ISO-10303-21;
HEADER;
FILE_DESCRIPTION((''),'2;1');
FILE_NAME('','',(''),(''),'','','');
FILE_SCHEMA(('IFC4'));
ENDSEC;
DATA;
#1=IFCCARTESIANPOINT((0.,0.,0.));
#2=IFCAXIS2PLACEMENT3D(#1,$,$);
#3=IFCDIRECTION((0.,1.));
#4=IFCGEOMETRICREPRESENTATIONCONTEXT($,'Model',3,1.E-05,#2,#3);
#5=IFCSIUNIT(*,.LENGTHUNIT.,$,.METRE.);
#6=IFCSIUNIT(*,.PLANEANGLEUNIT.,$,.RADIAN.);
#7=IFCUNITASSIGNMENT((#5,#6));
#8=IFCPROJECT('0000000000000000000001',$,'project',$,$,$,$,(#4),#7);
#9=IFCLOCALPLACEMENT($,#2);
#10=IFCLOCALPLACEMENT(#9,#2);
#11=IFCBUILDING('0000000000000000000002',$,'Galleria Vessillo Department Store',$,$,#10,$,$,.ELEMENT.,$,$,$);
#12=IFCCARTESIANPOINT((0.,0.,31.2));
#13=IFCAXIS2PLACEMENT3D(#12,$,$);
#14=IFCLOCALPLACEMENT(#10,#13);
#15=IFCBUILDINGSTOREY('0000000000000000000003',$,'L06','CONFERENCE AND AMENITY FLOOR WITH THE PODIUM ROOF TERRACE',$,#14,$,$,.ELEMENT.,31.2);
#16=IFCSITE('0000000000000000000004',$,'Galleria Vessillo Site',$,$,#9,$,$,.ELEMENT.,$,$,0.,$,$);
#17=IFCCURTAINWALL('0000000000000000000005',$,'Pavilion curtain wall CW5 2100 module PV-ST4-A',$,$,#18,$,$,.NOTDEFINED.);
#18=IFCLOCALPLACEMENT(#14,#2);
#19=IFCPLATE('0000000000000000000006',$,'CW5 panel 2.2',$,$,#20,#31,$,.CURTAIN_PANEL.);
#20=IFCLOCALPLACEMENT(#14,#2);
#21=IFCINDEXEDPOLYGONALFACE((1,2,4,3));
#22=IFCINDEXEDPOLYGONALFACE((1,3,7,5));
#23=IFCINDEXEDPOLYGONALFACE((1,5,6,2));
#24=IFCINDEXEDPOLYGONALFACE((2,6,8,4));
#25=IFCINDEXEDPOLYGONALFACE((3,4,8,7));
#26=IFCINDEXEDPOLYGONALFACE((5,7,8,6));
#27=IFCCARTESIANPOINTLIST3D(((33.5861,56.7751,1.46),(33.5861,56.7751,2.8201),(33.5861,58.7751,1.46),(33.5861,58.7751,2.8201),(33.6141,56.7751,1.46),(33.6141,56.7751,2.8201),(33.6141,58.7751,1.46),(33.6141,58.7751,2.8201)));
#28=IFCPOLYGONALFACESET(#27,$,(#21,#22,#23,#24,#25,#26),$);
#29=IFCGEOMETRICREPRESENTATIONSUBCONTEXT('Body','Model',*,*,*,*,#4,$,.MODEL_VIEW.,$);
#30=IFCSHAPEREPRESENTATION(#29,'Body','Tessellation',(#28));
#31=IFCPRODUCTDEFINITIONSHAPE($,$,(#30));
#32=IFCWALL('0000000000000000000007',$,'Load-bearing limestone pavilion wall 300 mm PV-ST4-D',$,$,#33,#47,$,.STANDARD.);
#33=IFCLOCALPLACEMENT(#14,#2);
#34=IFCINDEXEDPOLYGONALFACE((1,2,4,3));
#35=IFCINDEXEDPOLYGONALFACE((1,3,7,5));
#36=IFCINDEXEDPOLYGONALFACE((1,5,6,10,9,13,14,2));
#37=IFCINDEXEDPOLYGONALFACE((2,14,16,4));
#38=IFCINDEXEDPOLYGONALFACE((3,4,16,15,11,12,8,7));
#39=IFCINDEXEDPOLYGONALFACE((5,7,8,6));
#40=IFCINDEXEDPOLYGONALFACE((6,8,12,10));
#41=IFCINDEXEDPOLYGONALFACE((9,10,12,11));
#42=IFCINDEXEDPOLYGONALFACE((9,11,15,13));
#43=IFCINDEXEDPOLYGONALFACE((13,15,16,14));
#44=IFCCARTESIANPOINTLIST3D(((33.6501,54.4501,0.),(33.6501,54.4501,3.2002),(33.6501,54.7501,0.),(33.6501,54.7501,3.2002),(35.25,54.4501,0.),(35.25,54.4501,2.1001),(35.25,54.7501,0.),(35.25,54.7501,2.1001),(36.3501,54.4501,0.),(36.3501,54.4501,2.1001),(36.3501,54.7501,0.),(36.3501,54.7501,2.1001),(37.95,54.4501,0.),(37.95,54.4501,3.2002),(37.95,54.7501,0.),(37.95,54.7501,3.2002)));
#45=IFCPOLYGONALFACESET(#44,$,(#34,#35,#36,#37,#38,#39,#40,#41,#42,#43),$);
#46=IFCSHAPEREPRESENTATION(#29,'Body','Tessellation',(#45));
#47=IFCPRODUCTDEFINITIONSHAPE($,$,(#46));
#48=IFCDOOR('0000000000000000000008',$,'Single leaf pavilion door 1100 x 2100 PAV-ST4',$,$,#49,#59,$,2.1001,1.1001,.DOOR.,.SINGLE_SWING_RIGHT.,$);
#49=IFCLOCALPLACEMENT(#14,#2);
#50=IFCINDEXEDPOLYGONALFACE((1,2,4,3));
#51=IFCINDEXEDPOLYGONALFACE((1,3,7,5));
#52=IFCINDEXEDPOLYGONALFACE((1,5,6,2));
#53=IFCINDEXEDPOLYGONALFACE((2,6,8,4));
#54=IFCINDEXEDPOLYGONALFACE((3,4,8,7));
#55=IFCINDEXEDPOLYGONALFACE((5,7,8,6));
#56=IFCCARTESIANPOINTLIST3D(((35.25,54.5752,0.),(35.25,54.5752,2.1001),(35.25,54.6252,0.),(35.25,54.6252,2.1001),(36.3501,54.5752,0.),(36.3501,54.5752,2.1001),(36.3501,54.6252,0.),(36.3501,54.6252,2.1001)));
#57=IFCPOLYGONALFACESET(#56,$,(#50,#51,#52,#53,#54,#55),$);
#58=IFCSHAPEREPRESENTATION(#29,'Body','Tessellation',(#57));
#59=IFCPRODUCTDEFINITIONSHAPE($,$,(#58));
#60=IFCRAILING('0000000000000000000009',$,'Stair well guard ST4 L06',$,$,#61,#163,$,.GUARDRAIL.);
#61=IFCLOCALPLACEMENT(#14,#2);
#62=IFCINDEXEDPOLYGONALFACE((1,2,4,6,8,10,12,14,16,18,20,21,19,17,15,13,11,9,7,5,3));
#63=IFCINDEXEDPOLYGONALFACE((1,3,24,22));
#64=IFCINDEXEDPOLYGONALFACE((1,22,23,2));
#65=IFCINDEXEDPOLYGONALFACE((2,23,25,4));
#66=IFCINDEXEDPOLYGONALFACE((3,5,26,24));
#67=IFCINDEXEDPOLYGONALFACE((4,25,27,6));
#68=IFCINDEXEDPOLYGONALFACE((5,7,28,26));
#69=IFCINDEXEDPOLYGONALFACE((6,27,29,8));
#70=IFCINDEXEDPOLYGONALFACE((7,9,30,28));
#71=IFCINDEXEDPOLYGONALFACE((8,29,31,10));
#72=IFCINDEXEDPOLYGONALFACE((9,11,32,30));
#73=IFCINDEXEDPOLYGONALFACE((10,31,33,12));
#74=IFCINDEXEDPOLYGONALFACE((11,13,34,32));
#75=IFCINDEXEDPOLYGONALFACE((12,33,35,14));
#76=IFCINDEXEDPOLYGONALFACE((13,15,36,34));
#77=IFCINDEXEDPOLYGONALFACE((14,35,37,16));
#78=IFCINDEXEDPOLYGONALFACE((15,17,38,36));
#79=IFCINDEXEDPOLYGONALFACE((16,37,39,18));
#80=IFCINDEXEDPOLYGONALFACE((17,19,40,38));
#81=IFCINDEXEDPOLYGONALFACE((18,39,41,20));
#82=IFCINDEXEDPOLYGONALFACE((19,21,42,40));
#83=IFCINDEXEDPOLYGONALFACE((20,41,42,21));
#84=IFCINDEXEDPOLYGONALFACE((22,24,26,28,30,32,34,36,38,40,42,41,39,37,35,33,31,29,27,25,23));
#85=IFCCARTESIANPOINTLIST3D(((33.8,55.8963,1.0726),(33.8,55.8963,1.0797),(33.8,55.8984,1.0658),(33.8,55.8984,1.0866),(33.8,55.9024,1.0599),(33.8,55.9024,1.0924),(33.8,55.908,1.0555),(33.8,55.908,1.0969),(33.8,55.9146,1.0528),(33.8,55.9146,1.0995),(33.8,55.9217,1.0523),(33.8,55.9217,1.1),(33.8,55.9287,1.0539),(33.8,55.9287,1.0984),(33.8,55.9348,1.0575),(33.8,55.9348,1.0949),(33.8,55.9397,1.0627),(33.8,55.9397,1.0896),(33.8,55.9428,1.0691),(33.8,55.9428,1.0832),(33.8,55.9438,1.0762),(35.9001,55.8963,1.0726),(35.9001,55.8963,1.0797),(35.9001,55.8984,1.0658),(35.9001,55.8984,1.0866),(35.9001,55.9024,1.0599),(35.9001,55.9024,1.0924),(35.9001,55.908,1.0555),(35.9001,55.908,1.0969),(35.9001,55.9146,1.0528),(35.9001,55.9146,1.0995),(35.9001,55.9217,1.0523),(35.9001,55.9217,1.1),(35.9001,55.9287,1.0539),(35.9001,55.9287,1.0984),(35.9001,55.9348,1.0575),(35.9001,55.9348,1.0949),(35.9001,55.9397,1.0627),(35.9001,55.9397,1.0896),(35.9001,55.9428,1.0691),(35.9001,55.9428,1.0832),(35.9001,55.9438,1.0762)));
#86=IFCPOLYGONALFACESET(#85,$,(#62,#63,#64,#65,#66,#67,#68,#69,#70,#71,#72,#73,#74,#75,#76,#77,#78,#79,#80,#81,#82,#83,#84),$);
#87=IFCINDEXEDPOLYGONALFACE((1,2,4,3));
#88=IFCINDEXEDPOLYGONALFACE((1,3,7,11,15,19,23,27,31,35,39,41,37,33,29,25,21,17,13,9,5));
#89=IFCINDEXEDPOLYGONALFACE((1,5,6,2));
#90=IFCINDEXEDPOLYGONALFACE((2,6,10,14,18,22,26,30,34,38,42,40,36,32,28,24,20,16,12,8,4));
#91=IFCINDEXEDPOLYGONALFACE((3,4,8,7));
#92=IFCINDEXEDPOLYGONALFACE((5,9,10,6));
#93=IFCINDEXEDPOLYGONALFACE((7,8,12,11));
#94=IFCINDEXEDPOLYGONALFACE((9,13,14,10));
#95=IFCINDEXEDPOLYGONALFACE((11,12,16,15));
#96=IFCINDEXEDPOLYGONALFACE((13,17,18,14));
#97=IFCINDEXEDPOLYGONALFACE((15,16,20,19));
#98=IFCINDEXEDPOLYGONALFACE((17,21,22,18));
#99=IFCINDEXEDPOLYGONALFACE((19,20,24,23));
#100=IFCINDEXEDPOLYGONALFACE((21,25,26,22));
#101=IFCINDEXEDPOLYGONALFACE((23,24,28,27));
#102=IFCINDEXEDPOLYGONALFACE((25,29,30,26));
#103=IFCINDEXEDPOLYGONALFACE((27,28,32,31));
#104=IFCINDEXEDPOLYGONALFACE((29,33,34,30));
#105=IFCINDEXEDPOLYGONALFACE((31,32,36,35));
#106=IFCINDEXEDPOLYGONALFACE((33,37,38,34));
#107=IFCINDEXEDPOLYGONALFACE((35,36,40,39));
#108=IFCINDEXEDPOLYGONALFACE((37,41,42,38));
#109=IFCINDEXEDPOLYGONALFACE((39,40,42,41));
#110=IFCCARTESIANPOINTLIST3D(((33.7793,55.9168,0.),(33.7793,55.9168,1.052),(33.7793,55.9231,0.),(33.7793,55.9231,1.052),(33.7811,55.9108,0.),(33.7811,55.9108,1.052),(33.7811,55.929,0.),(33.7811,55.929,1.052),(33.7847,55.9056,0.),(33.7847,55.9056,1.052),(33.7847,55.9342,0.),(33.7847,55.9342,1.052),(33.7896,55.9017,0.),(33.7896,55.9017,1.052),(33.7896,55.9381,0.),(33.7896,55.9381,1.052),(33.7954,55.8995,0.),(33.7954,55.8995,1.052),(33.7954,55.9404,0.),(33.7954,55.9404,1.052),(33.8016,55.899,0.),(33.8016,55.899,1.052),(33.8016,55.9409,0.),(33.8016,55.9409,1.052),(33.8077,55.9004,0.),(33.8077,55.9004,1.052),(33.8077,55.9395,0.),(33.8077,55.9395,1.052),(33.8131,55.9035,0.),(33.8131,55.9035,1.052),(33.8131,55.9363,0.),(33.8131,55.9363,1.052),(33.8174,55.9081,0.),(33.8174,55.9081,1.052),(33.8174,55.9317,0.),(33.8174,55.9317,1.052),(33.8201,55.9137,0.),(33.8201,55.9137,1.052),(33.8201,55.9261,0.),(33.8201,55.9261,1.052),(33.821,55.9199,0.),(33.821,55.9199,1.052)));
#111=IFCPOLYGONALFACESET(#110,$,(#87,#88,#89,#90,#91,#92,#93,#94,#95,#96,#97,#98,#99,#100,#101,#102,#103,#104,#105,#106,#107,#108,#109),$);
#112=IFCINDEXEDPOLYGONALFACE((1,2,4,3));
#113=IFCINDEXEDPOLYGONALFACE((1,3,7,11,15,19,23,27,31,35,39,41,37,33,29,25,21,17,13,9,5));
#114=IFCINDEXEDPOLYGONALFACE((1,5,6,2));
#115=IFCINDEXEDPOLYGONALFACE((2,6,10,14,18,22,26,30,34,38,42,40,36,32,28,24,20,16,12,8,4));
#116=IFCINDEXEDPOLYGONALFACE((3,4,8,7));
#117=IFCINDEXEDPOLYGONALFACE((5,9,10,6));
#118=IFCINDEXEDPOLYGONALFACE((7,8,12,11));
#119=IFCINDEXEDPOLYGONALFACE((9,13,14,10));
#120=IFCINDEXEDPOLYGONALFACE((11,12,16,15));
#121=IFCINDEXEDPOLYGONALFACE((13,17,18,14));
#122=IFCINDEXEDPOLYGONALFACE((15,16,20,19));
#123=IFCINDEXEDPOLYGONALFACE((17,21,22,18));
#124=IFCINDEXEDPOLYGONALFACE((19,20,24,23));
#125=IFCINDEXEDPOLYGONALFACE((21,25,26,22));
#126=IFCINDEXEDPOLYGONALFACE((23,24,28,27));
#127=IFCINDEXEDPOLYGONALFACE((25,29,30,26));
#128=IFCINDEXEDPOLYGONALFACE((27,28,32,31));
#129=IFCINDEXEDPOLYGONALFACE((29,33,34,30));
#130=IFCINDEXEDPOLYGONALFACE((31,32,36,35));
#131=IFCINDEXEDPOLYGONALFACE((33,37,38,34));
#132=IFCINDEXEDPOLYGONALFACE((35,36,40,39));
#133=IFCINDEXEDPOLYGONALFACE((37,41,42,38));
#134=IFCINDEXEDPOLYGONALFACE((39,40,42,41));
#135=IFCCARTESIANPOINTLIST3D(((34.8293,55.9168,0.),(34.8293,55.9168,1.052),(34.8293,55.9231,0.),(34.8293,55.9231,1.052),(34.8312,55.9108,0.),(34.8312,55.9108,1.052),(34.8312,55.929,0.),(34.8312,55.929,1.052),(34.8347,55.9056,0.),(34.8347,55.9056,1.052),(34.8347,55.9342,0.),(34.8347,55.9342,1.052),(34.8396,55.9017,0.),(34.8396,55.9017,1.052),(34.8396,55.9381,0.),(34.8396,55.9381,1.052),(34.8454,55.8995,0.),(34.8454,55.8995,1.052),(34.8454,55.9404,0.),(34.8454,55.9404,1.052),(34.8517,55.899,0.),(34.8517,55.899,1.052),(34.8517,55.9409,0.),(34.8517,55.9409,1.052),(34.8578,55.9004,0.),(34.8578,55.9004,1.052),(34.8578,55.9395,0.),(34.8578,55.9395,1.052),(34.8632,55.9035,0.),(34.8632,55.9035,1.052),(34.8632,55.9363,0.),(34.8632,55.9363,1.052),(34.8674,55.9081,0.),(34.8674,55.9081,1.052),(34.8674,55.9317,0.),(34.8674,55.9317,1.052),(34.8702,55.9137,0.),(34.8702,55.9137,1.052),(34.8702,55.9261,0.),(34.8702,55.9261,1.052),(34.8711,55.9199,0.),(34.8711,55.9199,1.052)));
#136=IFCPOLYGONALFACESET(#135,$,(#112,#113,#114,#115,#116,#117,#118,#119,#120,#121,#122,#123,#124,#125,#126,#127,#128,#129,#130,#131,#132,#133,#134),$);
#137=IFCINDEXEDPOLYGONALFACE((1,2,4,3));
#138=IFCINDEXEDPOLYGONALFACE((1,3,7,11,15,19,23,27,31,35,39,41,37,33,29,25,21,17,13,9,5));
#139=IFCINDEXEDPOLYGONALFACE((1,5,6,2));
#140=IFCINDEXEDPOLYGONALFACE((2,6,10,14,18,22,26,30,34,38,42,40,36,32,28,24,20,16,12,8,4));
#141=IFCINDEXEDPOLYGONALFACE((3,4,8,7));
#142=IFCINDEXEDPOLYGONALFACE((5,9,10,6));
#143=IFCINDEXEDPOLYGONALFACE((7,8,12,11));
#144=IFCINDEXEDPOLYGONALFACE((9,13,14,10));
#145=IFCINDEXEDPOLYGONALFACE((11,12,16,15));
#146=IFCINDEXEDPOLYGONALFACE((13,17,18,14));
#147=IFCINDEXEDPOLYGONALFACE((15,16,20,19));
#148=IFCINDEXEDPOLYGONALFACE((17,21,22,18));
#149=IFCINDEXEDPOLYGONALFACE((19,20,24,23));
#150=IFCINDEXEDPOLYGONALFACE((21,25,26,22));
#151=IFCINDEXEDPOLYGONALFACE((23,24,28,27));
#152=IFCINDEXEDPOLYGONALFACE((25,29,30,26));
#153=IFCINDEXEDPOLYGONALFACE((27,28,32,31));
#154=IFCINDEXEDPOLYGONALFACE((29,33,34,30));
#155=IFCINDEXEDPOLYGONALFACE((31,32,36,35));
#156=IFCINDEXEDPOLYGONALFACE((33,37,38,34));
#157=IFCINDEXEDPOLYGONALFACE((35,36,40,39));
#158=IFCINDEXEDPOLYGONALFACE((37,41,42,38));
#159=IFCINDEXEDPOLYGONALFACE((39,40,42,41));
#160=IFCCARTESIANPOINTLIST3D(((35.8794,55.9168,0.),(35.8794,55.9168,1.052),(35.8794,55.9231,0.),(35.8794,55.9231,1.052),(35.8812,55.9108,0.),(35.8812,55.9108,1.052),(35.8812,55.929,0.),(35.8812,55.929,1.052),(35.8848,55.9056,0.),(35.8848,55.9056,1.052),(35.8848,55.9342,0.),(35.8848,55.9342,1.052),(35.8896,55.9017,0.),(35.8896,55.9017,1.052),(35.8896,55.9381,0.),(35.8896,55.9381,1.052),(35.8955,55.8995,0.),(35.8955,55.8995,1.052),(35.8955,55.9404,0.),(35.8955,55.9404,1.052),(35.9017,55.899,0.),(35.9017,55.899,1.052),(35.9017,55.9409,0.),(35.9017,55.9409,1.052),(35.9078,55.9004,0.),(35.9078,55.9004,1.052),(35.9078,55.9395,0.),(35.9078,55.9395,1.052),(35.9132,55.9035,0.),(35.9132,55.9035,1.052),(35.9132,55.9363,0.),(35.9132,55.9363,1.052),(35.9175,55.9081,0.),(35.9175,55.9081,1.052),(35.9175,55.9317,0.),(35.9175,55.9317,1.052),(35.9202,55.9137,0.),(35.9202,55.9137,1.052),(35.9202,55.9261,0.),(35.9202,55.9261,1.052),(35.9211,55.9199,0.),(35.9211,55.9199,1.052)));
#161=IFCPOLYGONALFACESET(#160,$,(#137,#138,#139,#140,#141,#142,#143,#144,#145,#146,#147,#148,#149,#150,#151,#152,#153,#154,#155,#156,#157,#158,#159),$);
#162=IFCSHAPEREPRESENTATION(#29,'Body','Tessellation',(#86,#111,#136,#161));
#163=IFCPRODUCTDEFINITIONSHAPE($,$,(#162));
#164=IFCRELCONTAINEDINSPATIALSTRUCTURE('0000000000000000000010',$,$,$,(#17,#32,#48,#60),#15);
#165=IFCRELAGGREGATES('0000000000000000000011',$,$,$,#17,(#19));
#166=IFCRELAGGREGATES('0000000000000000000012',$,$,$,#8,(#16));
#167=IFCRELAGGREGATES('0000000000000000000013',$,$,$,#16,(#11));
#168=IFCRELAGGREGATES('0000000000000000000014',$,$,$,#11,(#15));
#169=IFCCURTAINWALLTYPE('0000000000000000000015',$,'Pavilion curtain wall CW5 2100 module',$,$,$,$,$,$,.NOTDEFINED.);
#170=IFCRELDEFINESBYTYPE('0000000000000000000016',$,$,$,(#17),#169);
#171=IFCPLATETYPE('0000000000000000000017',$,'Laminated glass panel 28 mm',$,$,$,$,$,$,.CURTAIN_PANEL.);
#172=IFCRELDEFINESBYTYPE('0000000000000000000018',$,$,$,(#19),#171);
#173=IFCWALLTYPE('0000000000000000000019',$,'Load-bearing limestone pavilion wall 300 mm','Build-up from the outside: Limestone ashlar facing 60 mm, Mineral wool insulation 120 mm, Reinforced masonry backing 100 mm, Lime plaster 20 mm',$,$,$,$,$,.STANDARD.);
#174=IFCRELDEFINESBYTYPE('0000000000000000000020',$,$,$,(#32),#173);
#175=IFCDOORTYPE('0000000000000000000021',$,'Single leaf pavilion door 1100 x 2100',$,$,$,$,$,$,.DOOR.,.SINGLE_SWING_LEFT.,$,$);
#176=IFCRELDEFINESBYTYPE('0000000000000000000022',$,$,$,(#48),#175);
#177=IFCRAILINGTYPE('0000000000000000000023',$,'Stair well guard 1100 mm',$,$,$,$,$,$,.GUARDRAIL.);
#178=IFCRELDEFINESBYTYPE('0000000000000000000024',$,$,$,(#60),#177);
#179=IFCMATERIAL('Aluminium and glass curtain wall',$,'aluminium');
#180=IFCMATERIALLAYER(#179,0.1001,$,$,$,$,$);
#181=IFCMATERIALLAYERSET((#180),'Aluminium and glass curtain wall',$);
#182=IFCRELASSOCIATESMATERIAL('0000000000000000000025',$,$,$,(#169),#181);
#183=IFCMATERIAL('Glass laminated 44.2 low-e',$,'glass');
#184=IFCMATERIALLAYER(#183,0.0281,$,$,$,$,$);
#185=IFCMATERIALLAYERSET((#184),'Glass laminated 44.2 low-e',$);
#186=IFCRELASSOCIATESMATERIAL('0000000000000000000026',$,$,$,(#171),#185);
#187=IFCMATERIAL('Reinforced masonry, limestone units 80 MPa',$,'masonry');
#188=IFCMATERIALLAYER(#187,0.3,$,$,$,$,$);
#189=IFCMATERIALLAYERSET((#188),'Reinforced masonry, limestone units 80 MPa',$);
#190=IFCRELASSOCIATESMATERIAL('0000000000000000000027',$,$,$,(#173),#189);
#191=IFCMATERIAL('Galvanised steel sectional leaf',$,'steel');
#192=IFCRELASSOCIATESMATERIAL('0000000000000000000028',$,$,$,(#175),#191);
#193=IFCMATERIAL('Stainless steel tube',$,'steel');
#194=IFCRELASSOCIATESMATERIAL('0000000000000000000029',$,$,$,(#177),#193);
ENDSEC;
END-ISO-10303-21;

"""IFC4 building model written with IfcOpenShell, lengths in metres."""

from ifc_helpers import new_model, si_unit, direction, frame, frame_2d, origin, origin_2d, place, context, subcontext, project, spatial, rectangle, circle, extrude, material, layer, layer_set, type_object, element, fill, aggregate, save


model = new_model("IFC4")

# Units and contexts
model_context = context("Model", 3, precision=1e-05, world=origin(), true_north=direction((0.0, 1.0)))
body_context = subcontext(model_context, "Body", "Model", "MODEL_VIEW")
ifc_project = project(units=[si_unit("LENGTHUNIT", "METRE"), si_unit("PLANEANGLEUNIT", "RADIAN")], contexts=[model_context])

# Site, building, storey
site_placement = place(None, origin())
site = spatial("IfcSite", under=ifc_project, at=site_placement, Name="Galleria Vessillo Site", CompositionType="ELEMENT", RefElevation=0.0)
building_placement = place(site_placement, origin())
building = spatial("IfcBuilding", under=site, at=building_placement, Name="Galleria Vessillo Department Store", CompositionType="ELEMENT")
storey_placement = place(building_placement, frame((0.0, 0.0, 31.2)))
storey = spatial("IfcBuildingStorey", under=building, at=storey_placement, Name="L06", Description="CONFERENCE AND AMENITY FLOOR WITH THE PODIUM ROOF TERRACE", CompositionType="ELEMENT", Elevation=31.2)

# Curtain wall
ifc_material_1 = material(Name="Aluminium and glass curtain wall", Category="aluminium")
ifc_layer_1 = layer(ifc_material_1, 0.1001)
ifc_layer_set_1 = layer_set([ifc_layer_1], Name="Aluminium and glass curtain wall")
curtain_wall_type = type_object("IfcCurtainWallType", Name="Pavilion curtain wall CW5 2100 module", PredefinedType="NOTDEFINED", material=ifc_layer_set_1)
curtain_wall_placement = place(storey_placement, origin())
curtain_wall = element("IfcCurtainWall", 1, at=curtain_wall_placement, inside=storey, type_object=curtain_wall_type, Name="Pavilion curtain wall CW5 2100 module PV-ST4-A", PredefinedType="NOTDEFINED")

# Plate
ifc_material_2 = material(Name="Glass laminated 44.2 low-e", Category="glass")
ifc_layer_2 = layer(ifc_material_2, 0.0281)
ifc_layer_set_2 = layer_set([ifc_layer_2], Name="Glass laminated 44.2 low-e")
plate_type = type_object("IfcPlateType", Name="Laminated glass panel 28 mm", PredefinedType="CURTAIN_PANEL", material=ifc_layer_set_2)
plate_1_placement = place(storey_placement, frame((33.6001, 57.7751, 1.46), z_axis=(0.0, 0.0, 1.0), x_axis=(0.0, 1.0, 0.0)))
plate_1 = element("IfcPlate", 2, at=plate_1_placement, type_object=plate_type, Name="CW5 panel 2.2", PredefinedType="CURTAIN_PANEL", context=body_context, shape_type="SweptSolid", body=[
    extrude(rectangle(XDim=2.0, YDim=0.0281, at=origin_2d()), origin(), (0.0, 0.0, 1.0), 1.3601),
])
aggregate(curtain_wall, [plate_1])

# Wall, opening, door
ifc_material_3 = material(Name="Reinforced masonry, limestone units 80 MPa", Category="masonry")
ifc_layer_3 = layer(ifc_material_3, 0.3)
ifc_layer_set_3 = layer_set([ifc_layer_3], Name="Reinforced masonry, limestone units 80 MPa")
wall_type = type_object("IfcWallType", Name="Load-bearing limestone pavilion wall 300 mm", Description="Build-up from the outside: Limestone ashlar facing 60 mm, Mineral wool insulation 120 mm, Reinforced masonry backing 100 mm, Lime plaster 20 mm", PredefinedType="STANDARD", material=ifc_layer_set_3)
wall_placement = place(storey_placement, frame((33.6501, 54.6001, 0.0), z_axis=(0.0, 0.0, 1.0), x_axis=(1.0, 0.0, 0.0)))
wall = element("IfcWall", 3, at=wall_placement, inside=storey, type_object=wall_type, Name="Load-bearing limestone pavilion wall 300 mm PV-ST4-D", PredefinedType="STANDARD", context=body_context, shape_type="SweptSolid", body=[
    extrude(rectangle(XDim=4.2998, YDim=0.3, at=frame_2d((2.1499, 0.0))), origin(), (0.0, 0.0, 1.0), 3.2002),
])
opening_placement = place(wall_placement, frame((1.5999, 0.0, 0.0)))
opening = element("IfcOpeningElement", 4, at=opening_placement, cuts=wall, PredefinedType="OPENING", context=body_context, shape_type="SweptSolid", body=[
    extrude(rectangle(XDim=1.1001, YDim=2.1001, at=frame_2d((0.55, 1.05))), frame((0.0, 0.1602, 0.0), z_axis=(0.0, -1.0, 0.0), x_axis=(1.0, 0.0, 0.0)), (0.0, 0.0, 1.0), 0.3201),
])
ifc_material_4 = material(Name="Galvanised steel sectional leaf", Category="steel")
door_type = type_object("IfcDoorType", Name="Single leaf pavilion door 1100 x 2100", OperationType="SINGLE_SWING_LEFT", PredefinedType="DOOR", material=ifc_material_4)
door_placement = place(opening_placement, frame((1.1001, 0.0, 0.0), z_axis=(0.0, 0.0, 1.0), x_axis=(-1.0, 0.0, 0.0)))
door = element("IfcDoor", 5, at=door_placement, inside=storey, type_object=door_type, Name="Single leaf pavilion door 1100 x 2100 PAV-ST4", OperationType="SINGLE_SWING_RIGHT", OverallHeight=2.1001, OverallWidth=1.1001, PredefinedType="DOOR", context=body_context, shape_type="SweptSolid", body=[
    extrude(rectangle(XDim=1.1001, YDim=2.1001, at=frame_2d((0.55, 1.05))), frame((0.0, 0.0249, 0.0), z_axis=(0.0, -1.0, 0.0), x_axis=(1.0, 0.0, 0.0)), (0.0, 0.0, 1.0), 0.05),
])
fill(opening, door)

# Railing
ifc_material_5 = material(Name="Stainless steel tube", Category="steel")
railing_type = type_object("IfcRailingType", Name="Stair well guard 1100 mm", PredefinedType="GUARDRAIL", material=ifc_material_5)
railing_placement = place(storey_placement, frame((33.8, 55.9199, 0.0)))
element("IfcRailing", 6, at=railing_placement, inside=storey, type_object=railing_type, Name="Stair well guard ST4 L06", PredefinedType="GUARDRAIL", context=body_context, shape_type="SweptSolid", body=[
    extrude(circle(Radius=0.0239, at=origin_2d()), frame((0.0, 0.0, 1.0762), z_axis=(1.0, 0.0, 0.0), x_axis=(0.0, 1.0, 0.0)), (0.0, 0.0, 1.0), 2.1001),
    extrude(circle(Radius=0.021, at=origin_2d()), origin(), (0.0, 0.0, 1.0), 1.052),
    extrude(circle(Radius=0.021, at=origin_2d()), frame((1.05, 0.0, 0.0)), (0.0, 0.0, 1.0), 1.052),
    extrude(circle(Radius=0.021, at=origin_2d()), frame((2.1001, 0.0, 0.0)), (0.0, 0.0, 1.0), 1.052),
])

save(model, "model.ifc")
